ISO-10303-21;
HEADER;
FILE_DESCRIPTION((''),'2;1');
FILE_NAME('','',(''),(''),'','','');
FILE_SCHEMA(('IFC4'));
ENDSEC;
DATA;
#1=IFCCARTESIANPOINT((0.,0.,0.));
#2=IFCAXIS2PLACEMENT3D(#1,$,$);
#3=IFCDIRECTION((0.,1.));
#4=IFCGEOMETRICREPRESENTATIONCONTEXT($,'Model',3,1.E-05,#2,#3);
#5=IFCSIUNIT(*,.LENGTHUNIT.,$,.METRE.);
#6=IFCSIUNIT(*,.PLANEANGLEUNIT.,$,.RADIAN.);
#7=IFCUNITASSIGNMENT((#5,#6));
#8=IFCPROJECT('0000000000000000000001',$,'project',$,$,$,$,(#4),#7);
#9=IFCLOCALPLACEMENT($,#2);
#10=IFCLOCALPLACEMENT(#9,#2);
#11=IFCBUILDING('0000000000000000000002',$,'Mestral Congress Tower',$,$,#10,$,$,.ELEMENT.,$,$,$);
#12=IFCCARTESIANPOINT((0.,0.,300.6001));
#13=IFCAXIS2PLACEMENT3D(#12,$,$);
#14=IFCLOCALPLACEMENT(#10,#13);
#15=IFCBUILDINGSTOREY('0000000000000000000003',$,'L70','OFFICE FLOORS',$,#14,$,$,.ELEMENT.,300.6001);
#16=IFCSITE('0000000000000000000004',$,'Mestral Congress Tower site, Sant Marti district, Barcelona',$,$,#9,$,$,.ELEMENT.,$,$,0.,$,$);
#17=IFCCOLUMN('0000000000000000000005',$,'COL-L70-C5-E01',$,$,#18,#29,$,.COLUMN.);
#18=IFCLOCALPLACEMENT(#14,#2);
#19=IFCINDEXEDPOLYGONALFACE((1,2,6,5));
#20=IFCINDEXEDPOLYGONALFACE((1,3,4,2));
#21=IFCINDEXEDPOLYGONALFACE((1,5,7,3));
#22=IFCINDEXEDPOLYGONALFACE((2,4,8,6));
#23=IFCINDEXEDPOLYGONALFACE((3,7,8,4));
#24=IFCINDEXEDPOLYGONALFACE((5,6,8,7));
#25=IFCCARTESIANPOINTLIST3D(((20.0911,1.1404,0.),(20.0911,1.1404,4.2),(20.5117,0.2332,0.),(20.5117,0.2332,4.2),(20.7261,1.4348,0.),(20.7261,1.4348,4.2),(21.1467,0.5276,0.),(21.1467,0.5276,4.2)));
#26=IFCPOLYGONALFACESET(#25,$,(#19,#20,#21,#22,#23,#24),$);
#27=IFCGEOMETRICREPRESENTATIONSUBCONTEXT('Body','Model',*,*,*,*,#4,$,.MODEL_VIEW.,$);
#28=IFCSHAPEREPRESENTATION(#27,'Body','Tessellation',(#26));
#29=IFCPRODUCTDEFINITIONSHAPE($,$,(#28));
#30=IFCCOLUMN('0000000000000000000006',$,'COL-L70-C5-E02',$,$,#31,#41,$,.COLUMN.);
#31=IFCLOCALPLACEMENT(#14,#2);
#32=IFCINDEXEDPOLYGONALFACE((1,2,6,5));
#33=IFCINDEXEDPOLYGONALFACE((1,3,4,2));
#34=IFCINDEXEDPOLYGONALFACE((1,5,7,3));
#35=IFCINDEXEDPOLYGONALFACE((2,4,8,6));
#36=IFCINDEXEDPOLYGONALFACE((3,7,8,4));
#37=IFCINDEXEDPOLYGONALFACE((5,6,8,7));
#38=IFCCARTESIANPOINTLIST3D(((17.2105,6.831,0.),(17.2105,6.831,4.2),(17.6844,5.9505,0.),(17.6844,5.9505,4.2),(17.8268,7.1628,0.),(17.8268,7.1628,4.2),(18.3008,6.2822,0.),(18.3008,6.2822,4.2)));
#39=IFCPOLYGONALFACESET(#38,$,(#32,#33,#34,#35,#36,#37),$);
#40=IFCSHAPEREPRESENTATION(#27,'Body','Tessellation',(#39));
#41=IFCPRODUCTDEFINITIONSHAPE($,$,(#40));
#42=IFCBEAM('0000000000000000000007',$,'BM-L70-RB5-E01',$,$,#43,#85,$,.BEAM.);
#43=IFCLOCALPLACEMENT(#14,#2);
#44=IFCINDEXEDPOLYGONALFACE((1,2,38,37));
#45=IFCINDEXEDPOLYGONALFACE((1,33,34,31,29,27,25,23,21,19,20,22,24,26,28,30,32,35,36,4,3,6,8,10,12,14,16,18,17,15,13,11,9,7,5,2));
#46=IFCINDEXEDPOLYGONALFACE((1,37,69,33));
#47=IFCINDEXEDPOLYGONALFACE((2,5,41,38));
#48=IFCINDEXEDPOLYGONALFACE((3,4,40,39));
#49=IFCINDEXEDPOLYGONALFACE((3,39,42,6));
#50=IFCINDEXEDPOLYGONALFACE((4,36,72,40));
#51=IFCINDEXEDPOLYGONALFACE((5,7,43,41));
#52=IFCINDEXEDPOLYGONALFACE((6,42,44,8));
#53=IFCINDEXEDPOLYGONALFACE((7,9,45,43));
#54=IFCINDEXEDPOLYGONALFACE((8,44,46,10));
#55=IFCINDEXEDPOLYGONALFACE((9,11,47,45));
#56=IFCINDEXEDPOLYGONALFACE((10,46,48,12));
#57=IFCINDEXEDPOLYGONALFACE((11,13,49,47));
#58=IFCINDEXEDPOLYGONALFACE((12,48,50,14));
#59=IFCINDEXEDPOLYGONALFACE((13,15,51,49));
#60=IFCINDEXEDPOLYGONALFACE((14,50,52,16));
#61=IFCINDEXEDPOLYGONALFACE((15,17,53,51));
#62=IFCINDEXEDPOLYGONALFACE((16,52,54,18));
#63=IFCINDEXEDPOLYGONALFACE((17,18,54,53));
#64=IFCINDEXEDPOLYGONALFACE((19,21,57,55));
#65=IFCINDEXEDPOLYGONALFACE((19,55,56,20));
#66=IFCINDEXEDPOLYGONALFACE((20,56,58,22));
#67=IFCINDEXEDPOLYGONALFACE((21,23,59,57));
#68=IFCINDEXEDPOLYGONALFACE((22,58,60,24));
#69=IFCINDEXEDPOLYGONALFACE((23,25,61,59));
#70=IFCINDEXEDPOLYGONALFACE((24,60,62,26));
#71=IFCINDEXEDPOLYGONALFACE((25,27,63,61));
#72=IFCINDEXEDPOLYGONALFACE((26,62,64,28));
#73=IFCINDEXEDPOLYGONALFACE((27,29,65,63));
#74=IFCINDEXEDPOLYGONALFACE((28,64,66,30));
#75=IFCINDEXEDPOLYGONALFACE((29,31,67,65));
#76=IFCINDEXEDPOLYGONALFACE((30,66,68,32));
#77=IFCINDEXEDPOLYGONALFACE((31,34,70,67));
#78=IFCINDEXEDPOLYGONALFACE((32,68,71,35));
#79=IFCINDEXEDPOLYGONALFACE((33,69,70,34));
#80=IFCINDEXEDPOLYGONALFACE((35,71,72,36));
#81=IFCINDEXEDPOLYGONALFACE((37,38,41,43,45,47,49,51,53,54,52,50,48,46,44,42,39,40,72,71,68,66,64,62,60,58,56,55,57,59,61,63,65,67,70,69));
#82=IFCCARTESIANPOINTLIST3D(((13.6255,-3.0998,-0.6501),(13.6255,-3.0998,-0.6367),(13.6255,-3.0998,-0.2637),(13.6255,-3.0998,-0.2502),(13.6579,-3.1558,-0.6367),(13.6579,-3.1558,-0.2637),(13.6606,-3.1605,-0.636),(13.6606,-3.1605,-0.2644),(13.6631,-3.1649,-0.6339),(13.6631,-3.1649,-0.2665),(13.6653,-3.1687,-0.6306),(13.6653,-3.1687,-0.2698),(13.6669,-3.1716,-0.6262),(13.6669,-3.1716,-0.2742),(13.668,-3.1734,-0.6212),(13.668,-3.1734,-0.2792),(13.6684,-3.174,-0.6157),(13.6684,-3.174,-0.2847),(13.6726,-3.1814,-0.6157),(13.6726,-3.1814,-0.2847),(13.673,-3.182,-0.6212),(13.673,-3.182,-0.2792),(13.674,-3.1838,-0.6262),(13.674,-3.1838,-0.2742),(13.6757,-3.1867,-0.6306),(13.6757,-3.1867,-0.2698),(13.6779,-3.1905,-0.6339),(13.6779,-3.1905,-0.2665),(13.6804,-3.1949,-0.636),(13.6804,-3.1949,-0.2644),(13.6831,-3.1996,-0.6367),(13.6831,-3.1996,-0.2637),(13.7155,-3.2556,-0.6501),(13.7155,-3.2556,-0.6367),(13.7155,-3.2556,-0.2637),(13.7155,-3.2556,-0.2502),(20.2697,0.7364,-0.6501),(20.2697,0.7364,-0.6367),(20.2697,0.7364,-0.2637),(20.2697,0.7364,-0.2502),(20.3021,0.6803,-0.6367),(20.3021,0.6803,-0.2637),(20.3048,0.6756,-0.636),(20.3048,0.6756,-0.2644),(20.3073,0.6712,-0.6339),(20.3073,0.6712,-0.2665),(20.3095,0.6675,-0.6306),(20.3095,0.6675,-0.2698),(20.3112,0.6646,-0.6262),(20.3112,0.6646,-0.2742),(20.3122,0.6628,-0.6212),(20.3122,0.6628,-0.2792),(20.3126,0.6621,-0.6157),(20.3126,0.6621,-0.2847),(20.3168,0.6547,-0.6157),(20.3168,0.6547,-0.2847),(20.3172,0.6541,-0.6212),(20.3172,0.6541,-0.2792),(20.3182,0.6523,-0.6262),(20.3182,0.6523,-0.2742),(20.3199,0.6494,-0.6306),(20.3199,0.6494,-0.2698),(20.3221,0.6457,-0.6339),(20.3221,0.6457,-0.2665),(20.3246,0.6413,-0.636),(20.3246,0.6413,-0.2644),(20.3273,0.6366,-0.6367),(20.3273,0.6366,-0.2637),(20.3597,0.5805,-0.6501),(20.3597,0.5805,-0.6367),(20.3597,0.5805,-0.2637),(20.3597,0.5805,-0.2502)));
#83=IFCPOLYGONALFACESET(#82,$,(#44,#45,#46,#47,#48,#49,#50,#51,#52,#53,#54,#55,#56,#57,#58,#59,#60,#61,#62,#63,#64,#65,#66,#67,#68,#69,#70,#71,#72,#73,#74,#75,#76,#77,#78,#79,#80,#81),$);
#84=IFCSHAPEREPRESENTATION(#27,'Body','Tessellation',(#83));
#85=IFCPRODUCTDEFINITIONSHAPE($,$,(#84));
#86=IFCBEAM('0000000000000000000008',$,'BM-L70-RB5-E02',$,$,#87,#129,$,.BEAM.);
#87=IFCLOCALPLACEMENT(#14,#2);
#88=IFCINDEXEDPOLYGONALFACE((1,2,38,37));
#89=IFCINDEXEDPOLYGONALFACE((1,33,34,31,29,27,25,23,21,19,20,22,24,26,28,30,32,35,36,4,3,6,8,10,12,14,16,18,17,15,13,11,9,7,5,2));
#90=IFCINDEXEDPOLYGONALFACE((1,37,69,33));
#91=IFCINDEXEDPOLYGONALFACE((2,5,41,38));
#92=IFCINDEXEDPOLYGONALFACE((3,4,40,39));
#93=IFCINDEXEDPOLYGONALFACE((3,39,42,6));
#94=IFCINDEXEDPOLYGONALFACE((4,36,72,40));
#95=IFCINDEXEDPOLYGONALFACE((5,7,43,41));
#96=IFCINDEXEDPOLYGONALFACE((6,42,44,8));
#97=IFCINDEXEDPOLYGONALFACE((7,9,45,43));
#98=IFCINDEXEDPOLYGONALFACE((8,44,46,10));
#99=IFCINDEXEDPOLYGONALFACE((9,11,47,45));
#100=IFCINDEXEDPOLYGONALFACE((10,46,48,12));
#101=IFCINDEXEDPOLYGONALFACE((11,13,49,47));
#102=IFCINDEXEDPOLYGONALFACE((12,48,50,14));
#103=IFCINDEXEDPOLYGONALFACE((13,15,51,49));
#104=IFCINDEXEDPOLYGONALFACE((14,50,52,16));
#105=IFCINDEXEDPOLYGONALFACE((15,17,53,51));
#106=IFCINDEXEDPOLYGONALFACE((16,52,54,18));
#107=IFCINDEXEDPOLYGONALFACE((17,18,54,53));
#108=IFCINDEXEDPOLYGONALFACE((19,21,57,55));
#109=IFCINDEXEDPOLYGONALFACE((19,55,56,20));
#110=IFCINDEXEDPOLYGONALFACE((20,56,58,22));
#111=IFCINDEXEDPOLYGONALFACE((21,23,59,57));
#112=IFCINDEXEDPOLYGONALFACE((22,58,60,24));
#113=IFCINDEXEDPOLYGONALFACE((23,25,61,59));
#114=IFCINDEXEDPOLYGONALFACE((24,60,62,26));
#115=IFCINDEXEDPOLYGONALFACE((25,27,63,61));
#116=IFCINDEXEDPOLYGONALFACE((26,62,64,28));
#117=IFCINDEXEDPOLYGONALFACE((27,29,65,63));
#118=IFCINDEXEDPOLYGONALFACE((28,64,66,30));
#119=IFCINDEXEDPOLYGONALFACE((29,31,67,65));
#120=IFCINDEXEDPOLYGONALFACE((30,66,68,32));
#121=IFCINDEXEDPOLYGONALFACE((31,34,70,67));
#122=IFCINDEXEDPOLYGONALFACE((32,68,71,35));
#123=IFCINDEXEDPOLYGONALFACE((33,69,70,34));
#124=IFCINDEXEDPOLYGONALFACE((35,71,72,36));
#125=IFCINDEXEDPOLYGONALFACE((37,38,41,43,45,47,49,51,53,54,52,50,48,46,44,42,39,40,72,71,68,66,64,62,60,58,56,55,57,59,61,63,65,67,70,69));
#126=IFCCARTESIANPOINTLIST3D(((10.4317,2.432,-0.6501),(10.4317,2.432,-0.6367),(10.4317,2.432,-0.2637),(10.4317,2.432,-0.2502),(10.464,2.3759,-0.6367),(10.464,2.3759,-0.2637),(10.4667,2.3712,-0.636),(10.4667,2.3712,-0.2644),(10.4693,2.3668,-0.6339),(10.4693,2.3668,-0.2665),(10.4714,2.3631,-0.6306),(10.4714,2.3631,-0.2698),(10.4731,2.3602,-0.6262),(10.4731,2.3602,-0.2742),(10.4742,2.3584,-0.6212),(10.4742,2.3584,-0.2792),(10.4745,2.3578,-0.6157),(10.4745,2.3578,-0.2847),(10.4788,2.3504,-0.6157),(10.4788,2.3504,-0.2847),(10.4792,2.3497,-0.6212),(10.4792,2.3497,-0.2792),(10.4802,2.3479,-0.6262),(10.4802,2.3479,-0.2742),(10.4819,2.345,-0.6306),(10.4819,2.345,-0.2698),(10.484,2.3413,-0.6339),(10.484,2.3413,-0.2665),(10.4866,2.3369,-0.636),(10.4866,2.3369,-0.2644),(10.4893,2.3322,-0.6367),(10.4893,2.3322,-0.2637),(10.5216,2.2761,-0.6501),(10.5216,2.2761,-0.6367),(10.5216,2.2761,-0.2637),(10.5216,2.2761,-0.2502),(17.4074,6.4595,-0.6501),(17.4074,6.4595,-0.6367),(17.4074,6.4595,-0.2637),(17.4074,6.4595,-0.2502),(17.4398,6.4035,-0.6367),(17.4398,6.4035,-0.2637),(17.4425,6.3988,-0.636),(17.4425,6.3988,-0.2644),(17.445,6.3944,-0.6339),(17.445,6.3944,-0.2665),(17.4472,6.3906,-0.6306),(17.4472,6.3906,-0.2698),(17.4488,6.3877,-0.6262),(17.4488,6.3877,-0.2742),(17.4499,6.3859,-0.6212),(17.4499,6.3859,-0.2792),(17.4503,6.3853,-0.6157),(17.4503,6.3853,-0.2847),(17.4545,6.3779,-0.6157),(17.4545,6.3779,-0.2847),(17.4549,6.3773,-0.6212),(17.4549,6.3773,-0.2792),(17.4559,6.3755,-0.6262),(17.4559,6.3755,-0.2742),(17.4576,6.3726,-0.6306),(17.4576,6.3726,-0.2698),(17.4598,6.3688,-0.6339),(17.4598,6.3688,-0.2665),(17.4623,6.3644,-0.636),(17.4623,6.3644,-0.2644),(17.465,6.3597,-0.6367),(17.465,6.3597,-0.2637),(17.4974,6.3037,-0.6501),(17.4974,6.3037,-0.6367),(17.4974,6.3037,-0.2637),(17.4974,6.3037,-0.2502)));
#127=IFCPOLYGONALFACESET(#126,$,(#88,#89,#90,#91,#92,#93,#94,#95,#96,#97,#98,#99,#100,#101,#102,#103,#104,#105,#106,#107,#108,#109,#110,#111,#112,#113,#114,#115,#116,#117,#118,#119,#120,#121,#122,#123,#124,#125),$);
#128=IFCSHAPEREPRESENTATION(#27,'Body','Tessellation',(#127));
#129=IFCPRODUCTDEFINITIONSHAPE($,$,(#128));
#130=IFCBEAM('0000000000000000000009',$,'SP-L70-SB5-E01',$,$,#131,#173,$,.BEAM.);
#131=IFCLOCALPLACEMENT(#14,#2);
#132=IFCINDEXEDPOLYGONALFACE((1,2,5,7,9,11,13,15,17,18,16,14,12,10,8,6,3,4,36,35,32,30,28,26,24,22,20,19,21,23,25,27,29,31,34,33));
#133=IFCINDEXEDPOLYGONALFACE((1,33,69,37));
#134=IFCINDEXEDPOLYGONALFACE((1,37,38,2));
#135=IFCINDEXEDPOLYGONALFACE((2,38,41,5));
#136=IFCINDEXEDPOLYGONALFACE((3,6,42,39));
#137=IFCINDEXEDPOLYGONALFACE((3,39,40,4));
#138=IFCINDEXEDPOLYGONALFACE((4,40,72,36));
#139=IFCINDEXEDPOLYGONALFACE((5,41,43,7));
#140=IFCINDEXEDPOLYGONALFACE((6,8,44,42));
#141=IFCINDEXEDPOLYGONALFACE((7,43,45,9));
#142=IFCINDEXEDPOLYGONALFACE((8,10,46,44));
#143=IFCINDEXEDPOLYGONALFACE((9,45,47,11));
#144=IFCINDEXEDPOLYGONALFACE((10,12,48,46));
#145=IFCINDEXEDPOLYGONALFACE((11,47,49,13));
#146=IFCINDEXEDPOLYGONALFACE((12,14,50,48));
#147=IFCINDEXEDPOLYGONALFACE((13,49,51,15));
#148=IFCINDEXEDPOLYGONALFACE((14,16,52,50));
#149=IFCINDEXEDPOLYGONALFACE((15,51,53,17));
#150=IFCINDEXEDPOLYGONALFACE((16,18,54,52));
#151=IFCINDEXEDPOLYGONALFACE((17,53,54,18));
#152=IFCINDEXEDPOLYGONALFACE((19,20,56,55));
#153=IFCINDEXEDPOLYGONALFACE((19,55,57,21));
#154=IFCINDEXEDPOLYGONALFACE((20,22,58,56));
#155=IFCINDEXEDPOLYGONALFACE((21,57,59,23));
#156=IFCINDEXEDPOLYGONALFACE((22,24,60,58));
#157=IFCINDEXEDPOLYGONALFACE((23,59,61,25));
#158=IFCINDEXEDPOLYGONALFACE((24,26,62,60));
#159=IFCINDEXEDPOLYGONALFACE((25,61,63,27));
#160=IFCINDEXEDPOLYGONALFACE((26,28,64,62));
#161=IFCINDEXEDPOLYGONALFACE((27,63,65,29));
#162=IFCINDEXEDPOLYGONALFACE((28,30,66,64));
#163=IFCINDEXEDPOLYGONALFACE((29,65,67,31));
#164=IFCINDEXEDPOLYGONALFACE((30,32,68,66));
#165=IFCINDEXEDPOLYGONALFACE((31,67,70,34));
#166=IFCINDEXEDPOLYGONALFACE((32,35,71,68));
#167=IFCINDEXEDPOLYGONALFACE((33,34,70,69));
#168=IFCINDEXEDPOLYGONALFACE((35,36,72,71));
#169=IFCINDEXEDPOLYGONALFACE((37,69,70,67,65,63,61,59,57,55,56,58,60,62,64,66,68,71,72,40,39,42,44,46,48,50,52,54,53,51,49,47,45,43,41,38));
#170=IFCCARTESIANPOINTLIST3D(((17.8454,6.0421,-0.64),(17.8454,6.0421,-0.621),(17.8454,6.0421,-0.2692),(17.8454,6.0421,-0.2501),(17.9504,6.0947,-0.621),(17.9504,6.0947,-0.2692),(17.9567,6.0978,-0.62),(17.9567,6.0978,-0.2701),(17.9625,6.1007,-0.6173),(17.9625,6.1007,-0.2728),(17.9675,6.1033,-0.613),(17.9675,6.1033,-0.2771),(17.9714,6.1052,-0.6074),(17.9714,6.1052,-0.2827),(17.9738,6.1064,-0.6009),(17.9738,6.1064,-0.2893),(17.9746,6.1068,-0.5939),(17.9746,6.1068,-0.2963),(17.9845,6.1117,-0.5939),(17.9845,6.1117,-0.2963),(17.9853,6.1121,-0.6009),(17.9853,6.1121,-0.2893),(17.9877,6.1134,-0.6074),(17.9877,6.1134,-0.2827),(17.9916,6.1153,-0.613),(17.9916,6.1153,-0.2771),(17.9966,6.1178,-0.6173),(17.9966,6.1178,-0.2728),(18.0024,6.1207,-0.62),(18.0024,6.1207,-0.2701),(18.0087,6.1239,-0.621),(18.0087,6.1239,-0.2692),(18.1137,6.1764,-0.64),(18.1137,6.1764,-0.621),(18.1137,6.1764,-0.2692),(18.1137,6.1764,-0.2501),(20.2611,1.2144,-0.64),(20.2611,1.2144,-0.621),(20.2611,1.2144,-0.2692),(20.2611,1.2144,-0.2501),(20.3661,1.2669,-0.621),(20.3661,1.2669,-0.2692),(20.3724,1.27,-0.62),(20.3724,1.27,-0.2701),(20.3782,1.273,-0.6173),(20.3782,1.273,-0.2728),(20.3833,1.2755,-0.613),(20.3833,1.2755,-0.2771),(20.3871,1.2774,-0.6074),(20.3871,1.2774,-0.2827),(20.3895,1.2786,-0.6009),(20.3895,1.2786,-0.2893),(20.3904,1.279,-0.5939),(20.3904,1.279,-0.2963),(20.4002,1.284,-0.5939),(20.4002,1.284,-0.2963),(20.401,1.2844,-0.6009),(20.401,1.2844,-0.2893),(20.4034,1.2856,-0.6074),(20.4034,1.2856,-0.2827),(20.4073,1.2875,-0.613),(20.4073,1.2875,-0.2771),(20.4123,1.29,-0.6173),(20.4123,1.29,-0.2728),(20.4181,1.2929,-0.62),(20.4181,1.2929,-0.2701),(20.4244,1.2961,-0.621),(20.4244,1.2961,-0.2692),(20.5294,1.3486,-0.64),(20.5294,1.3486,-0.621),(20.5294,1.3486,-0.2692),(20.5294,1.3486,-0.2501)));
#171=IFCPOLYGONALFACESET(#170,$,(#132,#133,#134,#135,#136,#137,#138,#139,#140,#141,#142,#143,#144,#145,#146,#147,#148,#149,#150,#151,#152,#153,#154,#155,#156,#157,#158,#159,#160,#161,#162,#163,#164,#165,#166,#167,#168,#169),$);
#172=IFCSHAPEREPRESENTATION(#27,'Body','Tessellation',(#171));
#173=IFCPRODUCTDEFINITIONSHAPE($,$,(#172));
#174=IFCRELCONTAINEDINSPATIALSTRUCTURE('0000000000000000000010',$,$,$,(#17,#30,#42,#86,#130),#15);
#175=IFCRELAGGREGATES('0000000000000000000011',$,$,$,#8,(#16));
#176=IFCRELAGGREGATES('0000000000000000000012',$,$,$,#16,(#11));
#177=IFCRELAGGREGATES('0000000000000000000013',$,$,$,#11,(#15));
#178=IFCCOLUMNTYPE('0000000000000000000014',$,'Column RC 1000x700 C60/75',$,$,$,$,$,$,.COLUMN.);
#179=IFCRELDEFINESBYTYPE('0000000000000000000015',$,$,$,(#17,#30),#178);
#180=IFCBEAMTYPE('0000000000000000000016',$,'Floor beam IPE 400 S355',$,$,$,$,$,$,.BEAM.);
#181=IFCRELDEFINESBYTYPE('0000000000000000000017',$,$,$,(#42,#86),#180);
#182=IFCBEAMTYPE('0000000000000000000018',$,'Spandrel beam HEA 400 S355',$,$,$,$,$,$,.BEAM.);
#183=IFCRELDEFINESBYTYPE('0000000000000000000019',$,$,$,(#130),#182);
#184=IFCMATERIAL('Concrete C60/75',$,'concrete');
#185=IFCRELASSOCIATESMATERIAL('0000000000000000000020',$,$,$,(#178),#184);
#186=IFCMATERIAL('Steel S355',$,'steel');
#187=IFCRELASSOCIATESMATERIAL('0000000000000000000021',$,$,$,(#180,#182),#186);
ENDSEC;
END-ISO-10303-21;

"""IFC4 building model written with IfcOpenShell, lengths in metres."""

from ifc_helpers import new_model, si_unit, direction, frame, origin, origin_2d, place, context, subcontext, project, spatial, rectangle, i_section, extrude, material, material_profile, profile_set, type_object, element, save


model = new_model("IFC4")

# Units and contexts
model_context = context("Model", 3, precision=1e-05, world=origin(), true_north=direction((0.0, 1.0)))
body_context = subcontext(model_context, "Body", "Model", "MODEL_VIEW")
ifc_project = project(units=[si_unit("LENGTHUNIT", "METRE"), si_unit("PLANEANGLEUNIT", "RADIAN")], contexts=[model_context])

# Site, building, storey
site_placement = place(None, origin())
site = spatial("IfcSite", under=ifc_project, at=site_placement, Name="Mestral Congress Tower site, Sant Marti district, Barcelona", CompositionType="ELEMENT", RefElevation=0.0)
building_placement = place(site_placement, origin())
building = spatial("IfcBuilding", under=site, at=building_placement, Name="Mestral Congress Tower", CompositionType="ELEMENT")
storey_placement = place(building_placement, frame((0.0, 0.0, 300.6001)))
storey = spatial("IfcBuildingStorey", under=building, at=storey_placement, Name="L70", Description="OFFICE FLOORS", CompositionType="ELEMENT", Elevation=300.6001)

# Columns
ifc_material_1 = material(Name="Concrete C60/75", Category="concrete")
ifc_material_profile_1 = material_profile(ifc_material_1, rectangle(XDim=1.0, YDim=0.7, at=origin_2d()), Name="RC 1000x700")
ifc_profile_set_1 = profile_set([ifc_material_profile_1], Name="Concrete C60/75")
column_type = type_object("IfcColumnType", Name="Column RC 1000x700 C60/75", PredefinedType="COLUMN", material=ifc_profile_set_1)
for number, where, z_axis, x_axis, name in (
    (1, (20.6189, 0.834, 0.0), (0.0, 0.0, 1.0), (-0.420596, 0.907248, 0.0), "COL-L70-C5-E01"),
    (2, (17.7556, 6.5566, 0.0), (0.0, 0.0, 1.0), (-0.473945, 0.880554, 0.0), "COL-L70-C5-E02"),
):
    element("IfcColumn", number, at=place(storey_placement, frame(where, z_axis=z_axis, x_axis=x_axis)), inside=storey, type_object=column_type, Name=name, PredefinedType="COLUMN", context=body_context, shape_type="SweptSolid", body=[
        extrude(rectangle(XDim=1.0, YDim=0.7, at=origin_2d()), origin(), (0.0, 0.0, 1.0), 4.2),
    ])

# Beams
ifc_material_2 = material(Name="Steel S355", Category="steel")
ifc_material_profile_2 = material_profile(ifc_material_2, i_section(OverallWidth=0.1799, OverallDepth=0.3999, WebThickness=0.0085, FlangeThickness=0.0134, FilletRadius=0.021, at=origin_2d()), Name="IPE 400")
ifc_profile_set_2 = profile_set([ifc_material_profile_2], Name="Steel S355")
beam_type_1 = type_object("IfcBeamType", Name="Floor beam IPE 400 S355", PredefinedType="BEAM", material=ifc_profile_set_2)
beam_1_placement = place(storey_placement, frame((20.3147, 0.6584, -0.4502), z_axis=(-0.86602, -0.50001, 0.0), x_axis=(0.50001, -0.86602, 0.0)))
element("IfcBeam", 3, at=beam_1_placement, inside=storey, type_object=beam_type_1, Name="BM-L70-RB5-E01", PredefinedType="BEAM", context=body_context, shape_type="SweptSolid", body=[
    extrude(i_section(OverallWidth=0.1799, OverallDepth=0.3999, WebThickness=0.0085, FlangeThickness=0.0134, FilletRadius=0.021, at=origin_2d()), origin(), (0.0, 0.0, 1.0), 7.6721),
])
beam_2_placement = place(storey_placement, frame((17.4524, 6.3816, -0.4502), z_axis=(-0.866021, -0.500008, 0.0), x_axis=(0.500008, -0.866021, 0.0)))
element("IfcBeam", 4, at=beam_2_placement, inside=storey, type_object=beam_type_1, Name="BM-L70-RB5-E02", PredefinedType="BEAM", context=body_context, shape_type="SweptSolid", body=[
    extrude(i_section(OverallWidth=0.1799, OverallDepth=0.3999, WebThickness=0.0085, FlangeThickness=0.0134, FilletRadius=0.021, at=origin_2d()), origin(), (0.0, 0.0, 1.0), 8.0549),
])
ifc_material_profile_3 = material_profile(ifc_material_2, i_section(OverallWidth=0.3, OverallDepth=0.3899, WebThickness=0.011, FlangeThickness=0.019, FilletRadius=0.0271, at=origin_2d()), Name="HEA 400")
ifc_profile_set_3 = profile_set([ifc_material_profile_3], Name="Steel S355")
beam_type_2 = type_object("IfcBeamType", Name="Spandrel beam HEA 400 S355", PredefinedType="BEAM", material=ifc_profile_set_3)
beam_3_placement = place(storey_placement, frame((20.3953, 1.2815, -0.4451), z_axis=(-0.447485, 0.894291, 0.0), x_axis=(-0.894291, -0.447485, 0.0)))
element("IfcBeam", 5, at=beam_3_placement, inside=storey, type_object=beam_type_2, Name="SP-L70-SB5-E01", PredefinedType="BEAM", context=body_context, shape_type="SweptSolid", body=[
    extrude(i_section(OverallWidth=0.3, OverallDepth=0.3899, WebThickness=0.011, FlangeThickness=0.019, FilletRadius=0.0271, at=origin_2d()), origin(), (0.0, 0.0, 1.0), 5.3984),
])

save(model, "model.ifc")
